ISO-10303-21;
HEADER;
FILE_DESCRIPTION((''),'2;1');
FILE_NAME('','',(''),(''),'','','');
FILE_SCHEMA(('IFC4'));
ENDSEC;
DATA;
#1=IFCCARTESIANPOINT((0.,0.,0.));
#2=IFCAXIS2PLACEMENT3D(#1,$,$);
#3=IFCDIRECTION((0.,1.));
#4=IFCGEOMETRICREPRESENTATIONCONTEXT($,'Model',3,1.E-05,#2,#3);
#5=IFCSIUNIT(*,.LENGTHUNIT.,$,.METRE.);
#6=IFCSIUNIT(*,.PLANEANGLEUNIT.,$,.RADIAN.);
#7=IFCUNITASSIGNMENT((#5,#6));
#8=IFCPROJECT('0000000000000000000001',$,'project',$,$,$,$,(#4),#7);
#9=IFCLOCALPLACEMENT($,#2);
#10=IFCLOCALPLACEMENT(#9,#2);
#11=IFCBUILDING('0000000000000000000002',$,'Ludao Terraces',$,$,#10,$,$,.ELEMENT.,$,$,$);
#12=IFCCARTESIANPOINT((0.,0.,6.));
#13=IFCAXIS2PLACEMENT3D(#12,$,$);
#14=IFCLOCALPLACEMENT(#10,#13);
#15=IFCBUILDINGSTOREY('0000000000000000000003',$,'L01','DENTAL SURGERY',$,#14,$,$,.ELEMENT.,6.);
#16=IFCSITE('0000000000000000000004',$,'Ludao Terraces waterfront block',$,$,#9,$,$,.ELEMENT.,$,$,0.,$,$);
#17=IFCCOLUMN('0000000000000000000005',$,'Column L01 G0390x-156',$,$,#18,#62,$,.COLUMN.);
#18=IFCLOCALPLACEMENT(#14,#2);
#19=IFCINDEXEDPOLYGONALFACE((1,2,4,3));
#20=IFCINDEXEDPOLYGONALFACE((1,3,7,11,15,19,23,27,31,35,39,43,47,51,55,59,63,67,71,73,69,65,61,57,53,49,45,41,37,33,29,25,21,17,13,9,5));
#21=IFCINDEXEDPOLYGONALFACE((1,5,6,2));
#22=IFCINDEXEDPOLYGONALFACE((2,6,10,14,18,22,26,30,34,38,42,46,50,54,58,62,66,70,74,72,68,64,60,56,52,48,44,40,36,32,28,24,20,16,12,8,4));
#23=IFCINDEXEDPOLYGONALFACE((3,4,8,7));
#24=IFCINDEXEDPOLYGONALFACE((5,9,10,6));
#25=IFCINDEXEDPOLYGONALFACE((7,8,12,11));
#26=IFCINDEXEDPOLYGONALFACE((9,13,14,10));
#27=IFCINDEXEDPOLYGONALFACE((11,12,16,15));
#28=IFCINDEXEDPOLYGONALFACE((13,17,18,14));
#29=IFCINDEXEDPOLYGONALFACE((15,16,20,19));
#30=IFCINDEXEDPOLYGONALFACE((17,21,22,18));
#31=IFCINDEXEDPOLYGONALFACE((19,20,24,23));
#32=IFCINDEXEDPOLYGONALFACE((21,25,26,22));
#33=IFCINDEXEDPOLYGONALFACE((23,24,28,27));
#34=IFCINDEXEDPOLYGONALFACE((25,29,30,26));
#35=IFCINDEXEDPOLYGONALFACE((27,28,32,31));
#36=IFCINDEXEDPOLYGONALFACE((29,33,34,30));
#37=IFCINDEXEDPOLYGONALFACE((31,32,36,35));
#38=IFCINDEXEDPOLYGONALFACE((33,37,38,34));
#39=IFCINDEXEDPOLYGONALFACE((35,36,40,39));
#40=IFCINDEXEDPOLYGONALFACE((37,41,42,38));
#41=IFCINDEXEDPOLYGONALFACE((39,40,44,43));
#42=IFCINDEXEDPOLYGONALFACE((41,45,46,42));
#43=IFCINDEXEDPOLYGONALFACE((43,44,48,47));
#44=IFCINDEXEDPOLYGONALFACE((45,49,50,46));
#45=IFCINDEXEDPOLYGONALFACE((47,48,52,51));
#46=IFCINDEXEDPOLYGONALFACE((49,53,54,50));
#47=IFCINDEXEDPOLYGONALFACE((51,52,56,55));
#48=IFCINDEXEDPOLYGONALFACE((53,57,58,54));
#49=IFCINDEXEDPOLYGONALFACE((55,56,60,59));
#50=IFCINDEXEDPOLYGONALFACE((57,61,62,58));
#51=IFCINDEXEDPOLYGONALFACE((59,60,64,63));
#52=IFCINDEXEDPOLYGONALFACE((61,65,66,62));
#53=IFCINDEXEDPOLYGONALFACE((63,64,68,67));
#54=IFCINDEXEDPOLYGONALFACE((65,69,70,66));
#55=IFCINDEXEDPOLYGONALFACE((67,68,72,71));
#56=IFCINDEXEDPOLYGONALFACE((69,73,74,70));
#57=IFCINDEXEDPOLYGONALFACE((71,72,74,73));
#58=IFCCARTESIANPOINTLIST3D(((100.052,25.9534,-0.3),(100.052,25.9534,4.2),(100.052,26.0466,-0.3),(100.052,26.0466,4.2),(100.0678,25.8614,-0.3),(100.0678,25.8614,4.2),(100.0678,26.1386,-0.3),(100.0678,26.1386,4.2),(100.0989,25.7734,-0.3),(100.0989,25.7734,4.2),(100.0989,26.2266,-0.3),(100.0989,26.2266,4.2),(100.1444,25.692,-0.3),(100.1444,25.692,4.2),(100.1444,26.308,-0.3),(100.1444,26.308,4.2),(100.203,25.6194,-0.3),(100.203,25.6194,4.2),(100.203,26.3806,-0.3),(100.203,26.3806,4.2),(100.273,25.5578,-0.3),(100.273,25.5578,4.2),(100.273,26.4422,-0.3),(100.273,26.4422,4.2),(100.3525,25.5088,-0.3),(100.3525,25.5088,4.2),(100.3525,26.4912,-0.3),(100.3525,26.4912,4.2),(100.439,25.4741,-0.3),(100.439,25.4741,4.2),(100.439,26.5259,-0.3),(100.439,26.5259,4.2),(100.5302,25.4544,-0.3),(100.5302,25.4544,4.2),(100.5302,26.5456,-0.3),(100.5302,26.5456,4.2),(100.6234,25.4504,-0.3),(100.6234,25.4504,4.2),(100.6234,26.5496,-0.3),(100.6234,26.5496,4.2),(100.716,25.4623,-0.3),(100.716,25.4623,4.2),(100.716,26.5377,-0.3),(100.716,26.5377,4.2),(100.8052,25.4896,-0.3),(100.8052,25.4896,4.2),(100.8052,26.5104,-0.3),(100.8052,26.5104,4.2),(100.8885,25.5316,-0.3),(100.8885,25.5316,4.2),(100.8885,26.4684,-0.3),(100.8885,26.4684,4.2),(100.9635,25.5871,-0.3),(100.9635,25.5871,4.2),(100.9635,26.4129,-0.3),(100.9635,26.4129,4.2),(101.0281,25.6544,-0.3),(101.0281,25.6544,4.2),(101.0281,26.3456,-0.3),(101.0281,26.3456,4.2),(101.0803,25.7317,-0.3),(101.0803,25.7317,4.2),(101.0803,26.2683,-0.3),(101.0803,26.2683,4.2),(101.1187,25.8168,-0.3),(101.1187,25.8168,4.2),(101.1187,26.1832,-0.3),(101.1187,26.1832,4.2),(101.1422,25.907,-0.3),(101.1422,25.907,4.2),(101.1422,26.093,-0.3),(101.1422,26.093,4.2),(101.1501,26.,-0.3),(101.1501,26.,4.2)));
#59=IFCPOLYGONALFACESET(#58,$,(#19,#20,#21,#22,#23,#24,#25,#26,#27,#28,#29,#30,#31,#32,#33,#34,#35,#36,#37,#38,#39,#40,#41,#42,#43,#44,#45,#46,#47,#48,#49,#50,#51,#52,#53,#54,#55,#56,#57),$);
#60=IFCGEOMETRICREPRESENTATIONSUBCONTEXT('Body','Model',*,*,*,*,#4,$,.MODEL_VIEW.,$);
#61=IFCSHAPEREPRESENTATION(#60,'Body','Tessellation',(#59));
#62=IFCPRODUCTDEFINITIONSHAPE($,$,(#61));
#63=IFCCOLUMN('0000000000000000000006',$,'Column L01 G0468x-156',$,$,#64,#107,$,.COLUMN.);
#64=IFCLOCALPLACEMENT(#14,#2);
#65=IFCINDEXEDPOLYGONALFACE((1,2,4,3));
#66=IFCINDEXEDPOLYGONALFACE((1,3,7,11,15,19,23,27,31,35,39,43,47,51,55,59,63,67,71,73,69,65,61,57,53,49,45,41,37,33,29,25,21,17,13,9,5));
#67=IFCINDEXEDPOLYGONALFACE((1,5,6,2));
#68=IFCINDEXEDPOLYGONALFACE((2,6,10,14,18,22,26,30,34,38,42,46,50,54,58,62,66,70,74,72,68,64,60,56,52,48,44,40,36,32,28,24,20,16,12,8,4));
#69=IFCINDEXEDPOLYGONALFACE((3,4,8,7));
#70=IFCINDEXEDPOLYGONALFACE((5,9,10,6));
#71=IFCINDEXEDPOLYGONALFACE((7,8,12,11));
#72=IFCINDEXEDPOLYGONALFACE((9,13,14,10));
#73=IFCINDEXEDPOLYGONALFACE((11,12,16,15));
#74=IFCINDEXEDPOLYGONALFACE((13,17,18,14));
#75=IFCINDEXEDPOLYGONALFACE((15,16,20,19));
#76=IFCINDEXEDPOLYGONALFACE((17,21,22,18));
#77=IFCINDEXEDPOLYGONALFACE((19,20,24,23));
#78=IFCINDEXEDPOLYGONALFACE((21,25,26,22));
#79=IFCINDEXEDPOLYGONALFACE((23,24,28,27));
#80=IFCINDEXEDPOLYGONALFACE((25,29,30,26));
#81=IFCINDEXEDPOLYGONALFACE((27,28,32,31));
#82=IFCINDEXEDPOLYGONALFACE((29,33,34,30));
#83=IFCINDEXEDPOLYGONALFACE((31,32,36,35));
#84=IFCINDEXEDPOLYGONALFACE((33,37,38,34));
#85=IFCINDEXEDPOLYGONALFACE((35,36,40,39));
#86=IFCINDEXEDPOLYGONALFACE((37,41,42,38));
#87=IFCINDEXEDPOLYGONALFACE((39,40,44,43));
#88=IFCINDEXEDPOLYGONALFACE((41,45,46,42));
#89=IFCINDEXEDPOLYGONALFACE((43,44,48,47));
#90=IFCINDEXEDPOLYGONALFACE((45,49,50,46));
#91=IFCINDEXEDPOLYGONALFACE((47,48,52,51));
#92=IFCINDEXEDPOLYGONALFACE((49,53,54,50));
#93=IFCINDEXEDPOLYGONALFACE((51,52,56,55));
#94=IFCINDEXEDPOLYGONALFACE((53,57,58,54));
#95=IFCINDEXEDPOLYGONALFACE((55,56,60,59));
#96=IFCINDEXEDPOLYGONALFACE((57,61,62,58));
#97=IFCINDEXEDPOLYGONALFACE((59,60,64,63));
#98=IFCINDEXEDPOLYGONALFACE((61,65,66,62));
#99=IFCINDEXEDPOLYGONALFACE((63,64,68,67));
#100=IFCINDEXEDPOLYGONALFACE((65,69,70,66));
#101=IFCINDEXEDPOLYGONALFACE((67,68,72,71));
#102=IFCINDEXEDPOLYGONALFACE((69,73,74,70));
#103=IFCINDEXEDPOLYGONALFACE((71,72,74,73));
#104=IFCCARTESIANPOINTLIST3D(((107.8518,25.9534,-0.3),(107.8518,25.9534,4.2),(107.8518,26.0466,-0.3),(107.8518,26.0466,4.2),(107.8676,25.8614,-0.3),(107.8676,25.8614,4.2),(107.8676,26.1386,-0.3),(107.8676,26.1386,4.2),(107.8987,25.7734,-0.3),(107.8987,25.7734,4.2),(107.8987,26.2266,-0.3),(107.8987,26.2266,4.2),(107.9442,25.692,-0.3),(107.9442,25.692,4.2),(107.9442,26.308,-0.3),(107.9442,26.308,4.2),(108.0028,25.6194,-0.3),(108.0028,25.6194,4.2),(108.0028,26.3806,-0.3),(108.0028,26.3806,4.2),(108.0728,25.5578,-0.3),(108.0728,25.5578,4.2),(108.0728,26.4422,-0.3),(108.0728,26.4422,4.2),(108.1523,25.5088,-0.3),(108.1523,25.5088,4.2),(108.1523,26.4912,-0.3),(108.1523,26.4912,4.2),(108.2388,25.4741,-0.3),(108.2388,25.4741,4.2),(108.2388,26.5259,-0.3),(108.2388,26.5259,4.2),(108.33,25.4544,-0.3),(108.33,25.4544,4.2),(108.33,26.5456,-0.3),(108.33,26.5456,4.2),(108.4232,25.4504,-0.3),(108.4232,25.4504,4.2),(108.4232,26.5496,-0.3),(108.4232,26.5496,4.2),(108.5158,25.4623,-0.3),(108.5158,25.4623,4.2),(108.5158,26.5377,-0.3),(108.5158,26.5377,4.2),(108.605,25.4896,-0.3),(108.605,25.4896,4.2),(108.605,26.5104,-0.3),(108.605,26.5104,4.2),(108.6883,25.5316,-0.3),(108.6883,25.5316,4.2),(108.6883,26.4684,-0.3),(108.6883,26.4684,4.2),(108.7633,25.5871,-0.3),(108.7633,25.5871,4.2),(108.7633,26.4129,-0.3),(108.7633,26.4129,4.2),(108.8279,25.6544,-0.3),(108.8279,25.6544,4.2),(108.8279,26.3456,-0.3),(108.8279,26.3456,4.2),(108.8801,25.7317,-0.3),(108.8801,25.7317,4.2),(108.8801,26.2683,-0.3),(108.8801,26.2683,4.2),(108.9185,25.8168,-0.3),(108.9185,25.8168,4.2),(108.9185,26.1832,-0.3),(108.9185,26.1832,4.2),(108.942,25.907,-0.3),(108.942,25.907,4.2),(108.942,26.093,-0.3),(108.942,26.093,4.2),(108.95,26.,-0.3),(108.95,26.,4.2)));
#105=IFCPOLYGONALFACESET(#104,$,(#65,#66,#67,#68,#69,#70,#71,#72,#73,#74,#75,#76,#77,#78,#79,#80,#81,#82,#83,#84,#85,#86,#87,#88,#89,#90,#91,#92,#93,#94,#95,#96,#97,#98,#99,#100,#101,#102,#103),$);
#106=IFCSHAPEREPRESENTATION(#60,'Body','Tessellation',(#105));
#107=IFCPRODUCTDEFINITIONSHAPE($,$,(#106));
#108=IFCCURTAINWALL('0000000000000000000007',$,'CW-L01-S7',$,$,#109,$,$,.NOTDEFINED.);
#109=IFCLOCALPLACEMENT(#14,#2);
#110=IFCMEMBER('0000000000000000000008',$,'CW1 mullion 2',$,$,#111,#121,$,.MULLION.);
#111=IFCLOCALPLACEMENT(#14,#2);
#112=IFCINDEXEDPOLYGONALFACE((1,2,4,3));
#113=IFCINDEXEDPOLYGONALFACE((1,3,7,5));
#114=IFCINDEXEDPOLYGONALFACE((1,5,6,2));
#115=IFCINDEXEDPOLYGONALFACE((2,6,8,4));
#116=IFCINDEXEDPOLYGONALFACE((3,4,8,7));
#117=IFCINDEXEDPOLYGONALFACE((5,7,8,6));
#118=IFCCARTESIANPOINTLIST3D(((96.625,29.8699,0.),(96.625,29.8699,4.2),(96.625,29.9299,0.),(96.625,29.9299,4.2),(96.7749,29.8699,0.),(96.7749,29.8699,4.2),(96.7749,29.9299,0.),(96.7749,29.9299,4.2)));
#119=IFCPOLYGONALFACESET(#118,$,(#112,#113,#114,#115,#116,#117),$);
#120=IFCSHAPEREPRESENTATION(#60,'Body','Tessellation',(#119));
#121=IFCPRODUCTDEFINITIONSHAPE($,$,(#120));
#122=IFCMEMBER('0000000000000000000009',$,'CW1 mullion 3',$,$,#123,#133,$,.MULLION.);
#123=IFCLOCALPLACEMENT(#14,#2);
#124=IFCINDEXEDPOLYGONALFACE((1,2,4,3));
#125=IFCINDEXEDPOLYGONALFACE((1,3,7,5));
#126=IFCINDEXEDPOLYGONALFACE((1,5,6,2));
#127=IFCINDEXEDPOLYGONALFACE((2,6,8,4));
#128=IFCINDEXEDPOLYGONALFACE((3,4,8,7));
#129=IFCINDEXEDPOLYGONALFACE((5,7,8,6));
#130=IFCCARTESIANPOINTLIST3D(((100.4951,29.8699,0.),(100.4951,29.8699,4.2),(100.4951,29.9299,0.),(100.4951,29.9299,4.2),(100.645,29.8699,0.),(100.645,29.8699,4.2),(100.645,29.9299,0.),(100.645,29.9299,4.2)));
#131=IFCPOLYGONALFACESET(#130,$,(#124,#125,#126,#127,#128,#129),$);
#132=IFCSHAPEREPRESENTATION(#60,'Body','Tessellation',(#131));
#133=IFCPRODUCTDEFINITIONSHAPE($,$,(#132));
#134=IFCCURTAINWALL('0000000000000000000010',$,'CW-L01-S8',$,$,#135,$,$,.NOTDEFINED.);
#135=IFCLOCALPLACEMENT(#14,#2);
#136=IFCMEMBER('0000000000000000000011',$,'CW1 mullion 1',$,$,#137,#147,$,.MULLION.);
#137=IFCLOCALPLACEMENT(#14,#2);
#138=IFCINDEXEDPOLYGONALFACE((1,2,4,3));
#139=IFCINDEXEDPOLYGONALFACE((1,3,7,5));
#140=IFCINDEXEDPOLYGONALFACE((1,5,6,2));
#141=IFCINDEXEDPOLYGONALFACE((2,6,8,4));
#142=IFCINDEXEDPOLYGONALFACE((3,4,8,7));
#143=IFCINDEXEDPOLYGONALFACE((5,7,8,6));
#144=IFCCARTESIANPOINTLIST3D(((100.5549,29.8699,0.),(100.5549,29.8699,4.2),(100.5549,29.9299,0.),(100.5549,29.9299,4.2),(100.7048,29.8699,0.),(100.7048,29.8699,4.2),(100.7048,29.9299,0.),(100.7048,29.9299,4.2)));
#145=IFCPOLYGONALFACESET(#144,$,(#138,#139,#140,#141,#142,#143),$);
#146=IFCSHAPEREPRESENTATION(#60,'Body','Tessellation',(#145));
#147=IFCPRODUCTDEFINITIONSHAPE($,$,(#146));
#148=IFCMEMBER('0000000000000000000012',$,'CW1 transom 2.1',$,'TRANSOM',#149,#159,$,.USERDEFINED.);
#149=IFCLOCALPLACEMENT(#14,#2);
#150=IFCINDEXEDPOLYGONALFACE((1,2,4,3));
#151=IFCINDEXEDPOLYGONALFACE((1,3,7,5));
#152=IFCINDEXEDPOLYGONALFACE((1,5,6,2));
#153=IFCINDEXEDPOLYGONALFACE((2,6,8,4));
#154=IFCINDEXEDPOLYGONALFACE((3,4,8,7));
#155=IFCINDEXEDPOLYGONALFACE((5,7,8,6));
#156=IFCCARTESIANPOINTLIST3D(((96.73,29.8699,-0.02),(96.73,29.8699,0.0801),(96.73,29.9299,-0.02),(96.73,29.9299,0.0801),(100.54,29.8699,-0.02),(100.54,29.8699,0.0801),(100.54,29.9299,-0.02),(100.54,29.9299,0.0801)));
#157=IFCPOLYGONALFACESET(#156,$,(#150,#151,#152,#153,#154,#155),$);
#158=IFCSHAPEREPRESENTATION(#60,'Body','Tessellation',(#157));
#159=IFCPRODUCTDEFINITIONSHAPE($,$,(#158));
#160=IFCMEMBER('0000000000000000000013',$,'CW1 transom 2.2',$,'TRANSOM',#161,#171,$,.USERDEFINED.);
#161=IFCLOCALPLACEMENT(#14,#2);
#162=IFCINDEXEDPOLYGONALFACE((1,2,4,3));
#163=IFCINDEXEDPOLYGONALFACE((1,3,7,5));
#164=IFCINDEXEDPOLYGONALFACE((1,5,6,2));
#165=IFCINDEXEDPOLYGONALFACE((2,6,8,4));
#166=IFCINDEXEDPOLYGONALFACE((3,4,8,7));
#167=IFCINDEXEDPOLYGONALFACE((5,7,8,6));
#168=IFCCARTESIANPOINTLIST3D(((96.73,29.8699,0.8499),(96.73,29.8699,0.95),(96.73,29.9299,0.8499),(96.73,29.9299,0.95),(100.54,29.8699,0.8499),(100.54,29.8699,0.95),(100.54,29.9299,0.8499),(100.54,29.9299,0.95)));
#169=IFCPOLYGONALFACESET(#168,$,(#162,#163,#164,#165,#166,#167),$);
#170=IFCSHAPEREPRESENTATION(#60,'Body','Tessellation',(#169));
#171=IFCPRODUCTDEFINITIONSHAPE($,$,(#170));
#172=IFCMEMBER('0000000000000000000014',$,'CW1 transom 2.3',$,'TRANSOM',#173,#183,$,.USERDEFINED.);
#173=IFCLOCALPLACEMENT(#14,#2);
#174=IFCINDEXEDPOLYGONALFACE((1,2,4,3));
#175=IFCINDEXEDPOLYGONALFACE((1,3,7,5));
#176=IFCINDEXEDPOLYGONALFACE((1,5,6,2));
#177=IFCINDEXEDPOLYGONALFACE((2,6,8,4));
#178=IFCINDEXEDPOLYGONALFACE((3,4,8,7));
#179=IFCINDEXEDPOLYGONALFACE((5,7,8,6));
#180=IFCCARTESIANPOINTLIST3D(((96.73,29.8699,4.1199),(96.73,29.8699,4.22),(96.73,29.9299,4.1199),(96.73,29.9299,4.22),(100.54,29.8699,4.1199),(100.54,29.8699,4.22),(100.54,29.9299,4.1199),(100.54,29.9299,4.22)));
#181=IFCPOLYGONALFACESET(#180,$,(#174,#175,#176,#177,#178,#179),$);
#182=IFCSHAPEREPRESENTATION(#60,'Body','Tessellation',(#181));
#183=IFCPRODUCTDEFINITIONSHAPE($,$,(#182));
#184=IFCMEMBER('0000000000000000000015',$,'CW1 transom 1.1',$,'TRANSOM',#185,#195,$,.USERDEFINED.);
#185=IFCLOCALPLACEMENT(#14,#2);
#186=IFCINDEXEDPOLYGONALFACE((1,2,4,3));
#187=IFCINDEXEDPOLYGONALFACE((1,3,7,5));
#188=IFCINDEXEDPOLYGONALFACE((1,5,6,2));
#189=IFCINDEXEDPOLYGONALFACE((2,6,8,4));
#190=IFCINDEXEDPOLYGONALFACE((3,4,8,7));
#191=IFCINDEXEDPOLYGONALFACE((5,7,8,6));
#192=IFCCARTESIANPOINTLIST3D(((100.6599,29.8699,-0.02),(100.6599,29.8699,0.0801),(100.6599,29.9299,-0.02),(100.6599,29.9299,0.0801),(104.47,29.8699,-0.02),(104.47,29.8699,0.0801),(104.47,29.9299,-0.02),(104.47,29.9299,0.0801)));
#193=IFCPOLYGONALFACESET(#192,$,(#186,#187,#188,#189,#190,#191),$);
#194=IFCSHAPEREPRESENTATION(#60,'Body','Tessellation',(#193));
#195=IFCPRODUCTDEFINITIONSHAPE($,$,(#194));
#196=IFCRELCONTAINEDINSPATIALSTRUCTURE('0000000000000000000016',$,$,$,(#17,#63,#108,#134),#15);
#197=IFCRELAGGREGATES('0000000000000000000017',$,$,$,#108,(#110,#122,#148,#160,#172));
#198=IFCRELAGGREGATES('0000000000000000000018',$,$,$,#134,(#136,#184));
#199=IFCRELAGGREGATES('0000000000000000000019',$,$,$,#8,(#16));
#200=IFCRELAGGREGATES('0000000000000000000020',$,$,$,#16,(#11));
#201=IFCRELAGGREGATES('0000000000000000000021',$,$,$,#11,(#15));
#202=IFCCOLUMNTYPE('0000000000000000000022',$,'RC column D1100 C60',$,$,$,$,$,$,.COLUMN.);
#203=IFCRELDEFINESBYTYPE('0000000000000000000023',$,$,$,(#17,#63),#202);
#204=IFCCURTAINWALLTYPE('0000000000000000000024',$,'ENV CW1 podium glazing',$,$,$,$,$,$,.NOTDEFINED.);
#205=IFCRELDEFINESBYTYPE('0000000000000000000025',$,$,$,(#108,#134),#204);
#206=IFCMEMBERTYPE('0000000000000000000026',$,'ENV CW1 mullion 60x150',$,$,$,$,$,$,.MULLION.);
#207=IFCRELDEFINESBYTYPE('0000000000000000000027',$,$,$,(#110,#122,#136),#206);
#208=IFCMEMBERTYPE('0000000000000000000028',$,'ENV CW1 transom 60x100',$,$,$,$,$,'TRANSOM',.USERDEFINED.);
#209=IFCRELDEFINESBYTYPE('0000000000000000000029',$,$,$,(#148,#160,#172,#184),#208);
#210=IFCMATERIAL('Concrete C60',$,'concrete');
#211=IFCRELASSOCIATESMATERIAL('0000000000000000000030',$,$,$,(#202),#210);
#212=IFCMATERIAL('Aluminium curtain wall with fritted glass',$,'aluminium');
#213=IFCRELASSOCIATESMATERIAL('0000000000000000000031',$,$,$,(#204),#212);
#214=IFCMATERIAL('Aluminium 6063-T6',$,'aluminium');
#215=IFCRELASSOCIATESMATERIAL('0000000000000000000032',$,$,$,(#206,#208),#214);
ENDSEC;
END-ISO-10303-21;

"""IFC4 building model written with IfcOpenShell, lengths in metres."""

from ifc_helpers import new_model, si_unit, direction, frame, origin, origin_2d, place, context, subcontext, project, spatial, rectangle, circle, extrude, material, material_profile, profile_set, type_object, element, aggregate, save


model = new_model("IFC4")

# Units and contexts
model_context = context("Model", 3, precision=1e-05, world=origin(), true_north=direction((0.0, 1.0)))
body_context = subcontext(model_context, "Body", "Model", "MODEL_VIEW")
ifc_project = project(units=[si_unit("LENGTHUNIT", "METRE"), si_unit("PLANEANGLEUNIT", "RADIAN")], contexts=[model_context])

# Site, building, storey
site_placement = place(None, origin())
site = spatial("IfcSite", under=ifc_project, at=site_placement, Name="Ludao Terraces waterfront block", CompositionType="ELEMENT", RefElevation=0.0)
building_placement = place(site_placement, origin())
building = spatial("IfcBuilding", under=site, at=building_placement, Name="Ludao Terraces", CompositionType="ELEMENT")
storey_placement = place(building_placement, frame((0.0, 0.0, 6.0)))
storey = spatial("IfcBuildingStorey", under=building, at=storey_placement, Name="L01", Description="DENTAL SURGERY", CompositionType="ELEMENT", Elevation=6.0)

# Columns
ifc_material_1 = material(Name="Concrete C60", Category="concrete")
ifc_material_profile_1 = material_profile(ifc_material_1, circle(Radius=0.55, at=origin_2d()), Name="D1100")
ifc_profile_set_1 = profile_set([ifc_material_profile_1], Name="Concrete C60")
column_type = type_object("IfcColumnType", Name="RC column D1100 C60", PredefinedType="COLUMN", material=ifc_profile_set_1)
for number, where, z_axis, x_axis, name in (
    (1, (100.6001, 26.0, -0.3), (0.0, 0.0, 1.0), (1.0, 0.0, 0.0), "Column L01 G0390x-156"),
    (2, (108.3999, 26.0, -0.3), (0.0, 0.0, 1.0), (1.0, 0.0, 0.0), "Column L01 G0468x-156"),
):
    element("IfcColumn", number, at=place(storey_placement, frame(where, z_axis=z_axis, x_axis=x_axis)), inside=storey, type_object=column_type, Name=name, PredefinedType="COLUMN", context=body_context, shape_type="SweptSolid", body=[
        extrude(circle(Radius=0.55, at=origin_2d()), origin(), (0.0, 0.0, 1.0), 4.5),
    ])

# Curtain wall, members
ifc_material_2 = material(Name="Aluminium curtain wall with fritted glass", Category="aluminium")
curtain_wall_type = type_object("IfcCurtainWallType", Name="ENV CW1 podium glazing", PredefinedType="NOTDEFINED", material=ifc_material_2)
curtain_wall_1_placement = place(storey_placement, origin())
curtain_wall_1 = element("IfcCurtainWall", 3, at=curtain_wall_1_placement, inside=storey, type_object=curtain_wall_type, Name="CW-L01-S7", PredefinedType="NOTDEFINED")
ifc_material_3 = material(Name="Aluminium 6063-T6", Category="aluminium")
ifc_material_profile_2 = material_profile(ifc_material_3, rectangle(XDim=0.0601, YDim=0.1499, at=origin_2d()), Name="60 X 150")
ifc_profile_set_2 = profile_set([ifc_material_profile_2], Name="Aluminium 6063-T6")
member_type_1 = type_object("IfcMemberType", Name="ENV CW1 mullion 60x150", PredefinedType="MULLION", material=ifc_profile_set_2)
member_1_placement = place(storey_placement, frame((96.7, 29.8999, 0.0), z_axis=(0.0, 0.0, 1.0), x_axis=(0.0, 1.0, 0.0)))
member_1 = element("IfcMember", 4, at=member_1_placement, type_object=member_type_1, Name="CW1 mullion 2", PredefinedType="MULLION", context=body_context, shape_type="SweptSolid", body=[
    extrude(rectangle(XDim=0.0601, YDim=0.1499, at=origin_2d()), origin(), (0.0, 0.0, 1.0), 4.2),
])
member_2_placement = place(storey_placement, frame((100.5701, 29.8999, 0.0), z_axis=(0.0, 0.0, 1.0), x_axis=(0.0, 1.0, 0.0)))
member_2 = element("IfcMember", 5, at=member_2_placement, type_object=member_type_1, Name="CW1 mullion 3", PredefinedType="MULLION", context=body_context, shape_type="SweptSolid", body=[
    extrude(rectangle(XDim=0.0601, YDim=0.1499, at=origin_2d()), origin(), (0.0, 0.0, 1.0), 4.2),
])

# Curtain wall, member
curtain_wall_2_placement = place(storey_placement, origin())
curtain_wall_2 = element("IfcCurtainWall", 6, at=curtain_wall_2_placement, inside=storey, type_object=curtain_wall_type, Name="CW-L01-S8", PredefinedType="NOTDEFINED")
member_3_placement = place(storey_placement, frame((100.6299, 29.8999, 0.0), z_axis=(0.0, 0.0, 1.0), x_axis=(0.0, 1.0, 0.0)))
member_3 = element("IfcMember", 7, at=member_3_placement, type_object=member_type_1, Name="CW1 mullion 1", PredefinedType="MULLION", context=body_context, shape_type="SweptSolid", body=[
    extrude(rectangle(XDim=0.0601, YDim=0.1499, at=origin_2d()), origin(), (0.0, 0.0, 1.0), 4.2),
])

# Members
ifc_material_profile_3 = material_profile(ifc_material_3, rectangle(XDim=0.0601, YDim=0.1001, at=origin_2d()), Name="60 X 100")
ifc_profile_set_3 = profile_set([ifc_material_profile_3], Name="Aluminium 6063-T6")
member_type_2 = type_object("IfcMemberType", Name="ENV CW1 transom 60x100", ElementType="TRANSOM", PredefinedType="USERDEFINED", material=ifc_profile_set_3)
member_4_placement = place(storey_placement, frame((96.73, 29.8999, 0.03), z_axis=(1.0, 0.0, 0.0), x_axis=(0.0, 1.0, 0.0)))
member_4 = element("IfcMember", 8, at=member_4_placement, type_object=member_type_2, Name="CW1 transom 2.1", ObjectType="TRANSOM", PredefinedType="USERDEFINED", context=body_context, shape_type="SweptSolid", body=[
    extrude(rectangle(XDim=0.0601, YDim=0.1001, at=origin_2d()), origin(), (0.0, 0.0, 1.0), 3.8101),
])
member_5_placement = place(storey_placement, frame((96.73, 29.8999, 0.8999), z_axis=(1.0, 0.0, 0.0), x_axis=(0.0, 1.0, 0.0)))
member_5 = element("IfcMember", 9, at=member_5_placement, type_object=member_type_2, Name="CW1 transom 2.2", ObjectType="TRANSOM", PredefinedType="USERDEFINED", context=body_context, shape_type="SweptSolid", body=[
    extrude(rectangle(XDim=0.0601, YDim=0.1001, at=origin_2d()), origin(), (0.0, 0.0, 1.0), 3.8101),
])
member_6_placement = place(storey_placement, frame((96.73, 29.8999, 4.1699), z_axis=(1.0, 0.0, 0.0), x_axis=(0.0, 1.0, 0.0)))
member_6 = element("IfcMember", 10, at=member_6_placement, type_object=member_type_2, Name="CW1 transom 2.3", ObjectType="TRANSOM", PredefinedType="USERDEFINED", context=body_context, shape_type="SweptSolid", body=[
    extrude(rectangle(XDim=0.0601, YDim=0.1001, at=origin_2d()), origin(), (0.0, 0.0, 1.0), 3.8101),
])
member_7_placement = place(storey_placement, frame((100.6599, 29.8999, 0.03), z_axis=(1.0, 0.0, 0.0), x_axis=(0.0, 1.0, 0.0)))
member_7 = element("IfcMember", 11, at=member_7_placement, type_object=member_type_2, Name="CW1 transom 1.1", ObjectType="TRANSOM", PredefinedType="USERDEFINED", context=body_context, shape_type="SweptSolid", body=[
    extrude(rectangle(XDim=0.0601, YDim=0.1001, at=origin_2d()), origin(), (0.0, 0.0, 1.0), 3.8101),
])

aggregate(curtain_wall_1, [member_1, member_2, member_4, member_5, member_6])
aggregate(curtain_wall_2, [member_3, member_7])

save(model, "model.ifc")
